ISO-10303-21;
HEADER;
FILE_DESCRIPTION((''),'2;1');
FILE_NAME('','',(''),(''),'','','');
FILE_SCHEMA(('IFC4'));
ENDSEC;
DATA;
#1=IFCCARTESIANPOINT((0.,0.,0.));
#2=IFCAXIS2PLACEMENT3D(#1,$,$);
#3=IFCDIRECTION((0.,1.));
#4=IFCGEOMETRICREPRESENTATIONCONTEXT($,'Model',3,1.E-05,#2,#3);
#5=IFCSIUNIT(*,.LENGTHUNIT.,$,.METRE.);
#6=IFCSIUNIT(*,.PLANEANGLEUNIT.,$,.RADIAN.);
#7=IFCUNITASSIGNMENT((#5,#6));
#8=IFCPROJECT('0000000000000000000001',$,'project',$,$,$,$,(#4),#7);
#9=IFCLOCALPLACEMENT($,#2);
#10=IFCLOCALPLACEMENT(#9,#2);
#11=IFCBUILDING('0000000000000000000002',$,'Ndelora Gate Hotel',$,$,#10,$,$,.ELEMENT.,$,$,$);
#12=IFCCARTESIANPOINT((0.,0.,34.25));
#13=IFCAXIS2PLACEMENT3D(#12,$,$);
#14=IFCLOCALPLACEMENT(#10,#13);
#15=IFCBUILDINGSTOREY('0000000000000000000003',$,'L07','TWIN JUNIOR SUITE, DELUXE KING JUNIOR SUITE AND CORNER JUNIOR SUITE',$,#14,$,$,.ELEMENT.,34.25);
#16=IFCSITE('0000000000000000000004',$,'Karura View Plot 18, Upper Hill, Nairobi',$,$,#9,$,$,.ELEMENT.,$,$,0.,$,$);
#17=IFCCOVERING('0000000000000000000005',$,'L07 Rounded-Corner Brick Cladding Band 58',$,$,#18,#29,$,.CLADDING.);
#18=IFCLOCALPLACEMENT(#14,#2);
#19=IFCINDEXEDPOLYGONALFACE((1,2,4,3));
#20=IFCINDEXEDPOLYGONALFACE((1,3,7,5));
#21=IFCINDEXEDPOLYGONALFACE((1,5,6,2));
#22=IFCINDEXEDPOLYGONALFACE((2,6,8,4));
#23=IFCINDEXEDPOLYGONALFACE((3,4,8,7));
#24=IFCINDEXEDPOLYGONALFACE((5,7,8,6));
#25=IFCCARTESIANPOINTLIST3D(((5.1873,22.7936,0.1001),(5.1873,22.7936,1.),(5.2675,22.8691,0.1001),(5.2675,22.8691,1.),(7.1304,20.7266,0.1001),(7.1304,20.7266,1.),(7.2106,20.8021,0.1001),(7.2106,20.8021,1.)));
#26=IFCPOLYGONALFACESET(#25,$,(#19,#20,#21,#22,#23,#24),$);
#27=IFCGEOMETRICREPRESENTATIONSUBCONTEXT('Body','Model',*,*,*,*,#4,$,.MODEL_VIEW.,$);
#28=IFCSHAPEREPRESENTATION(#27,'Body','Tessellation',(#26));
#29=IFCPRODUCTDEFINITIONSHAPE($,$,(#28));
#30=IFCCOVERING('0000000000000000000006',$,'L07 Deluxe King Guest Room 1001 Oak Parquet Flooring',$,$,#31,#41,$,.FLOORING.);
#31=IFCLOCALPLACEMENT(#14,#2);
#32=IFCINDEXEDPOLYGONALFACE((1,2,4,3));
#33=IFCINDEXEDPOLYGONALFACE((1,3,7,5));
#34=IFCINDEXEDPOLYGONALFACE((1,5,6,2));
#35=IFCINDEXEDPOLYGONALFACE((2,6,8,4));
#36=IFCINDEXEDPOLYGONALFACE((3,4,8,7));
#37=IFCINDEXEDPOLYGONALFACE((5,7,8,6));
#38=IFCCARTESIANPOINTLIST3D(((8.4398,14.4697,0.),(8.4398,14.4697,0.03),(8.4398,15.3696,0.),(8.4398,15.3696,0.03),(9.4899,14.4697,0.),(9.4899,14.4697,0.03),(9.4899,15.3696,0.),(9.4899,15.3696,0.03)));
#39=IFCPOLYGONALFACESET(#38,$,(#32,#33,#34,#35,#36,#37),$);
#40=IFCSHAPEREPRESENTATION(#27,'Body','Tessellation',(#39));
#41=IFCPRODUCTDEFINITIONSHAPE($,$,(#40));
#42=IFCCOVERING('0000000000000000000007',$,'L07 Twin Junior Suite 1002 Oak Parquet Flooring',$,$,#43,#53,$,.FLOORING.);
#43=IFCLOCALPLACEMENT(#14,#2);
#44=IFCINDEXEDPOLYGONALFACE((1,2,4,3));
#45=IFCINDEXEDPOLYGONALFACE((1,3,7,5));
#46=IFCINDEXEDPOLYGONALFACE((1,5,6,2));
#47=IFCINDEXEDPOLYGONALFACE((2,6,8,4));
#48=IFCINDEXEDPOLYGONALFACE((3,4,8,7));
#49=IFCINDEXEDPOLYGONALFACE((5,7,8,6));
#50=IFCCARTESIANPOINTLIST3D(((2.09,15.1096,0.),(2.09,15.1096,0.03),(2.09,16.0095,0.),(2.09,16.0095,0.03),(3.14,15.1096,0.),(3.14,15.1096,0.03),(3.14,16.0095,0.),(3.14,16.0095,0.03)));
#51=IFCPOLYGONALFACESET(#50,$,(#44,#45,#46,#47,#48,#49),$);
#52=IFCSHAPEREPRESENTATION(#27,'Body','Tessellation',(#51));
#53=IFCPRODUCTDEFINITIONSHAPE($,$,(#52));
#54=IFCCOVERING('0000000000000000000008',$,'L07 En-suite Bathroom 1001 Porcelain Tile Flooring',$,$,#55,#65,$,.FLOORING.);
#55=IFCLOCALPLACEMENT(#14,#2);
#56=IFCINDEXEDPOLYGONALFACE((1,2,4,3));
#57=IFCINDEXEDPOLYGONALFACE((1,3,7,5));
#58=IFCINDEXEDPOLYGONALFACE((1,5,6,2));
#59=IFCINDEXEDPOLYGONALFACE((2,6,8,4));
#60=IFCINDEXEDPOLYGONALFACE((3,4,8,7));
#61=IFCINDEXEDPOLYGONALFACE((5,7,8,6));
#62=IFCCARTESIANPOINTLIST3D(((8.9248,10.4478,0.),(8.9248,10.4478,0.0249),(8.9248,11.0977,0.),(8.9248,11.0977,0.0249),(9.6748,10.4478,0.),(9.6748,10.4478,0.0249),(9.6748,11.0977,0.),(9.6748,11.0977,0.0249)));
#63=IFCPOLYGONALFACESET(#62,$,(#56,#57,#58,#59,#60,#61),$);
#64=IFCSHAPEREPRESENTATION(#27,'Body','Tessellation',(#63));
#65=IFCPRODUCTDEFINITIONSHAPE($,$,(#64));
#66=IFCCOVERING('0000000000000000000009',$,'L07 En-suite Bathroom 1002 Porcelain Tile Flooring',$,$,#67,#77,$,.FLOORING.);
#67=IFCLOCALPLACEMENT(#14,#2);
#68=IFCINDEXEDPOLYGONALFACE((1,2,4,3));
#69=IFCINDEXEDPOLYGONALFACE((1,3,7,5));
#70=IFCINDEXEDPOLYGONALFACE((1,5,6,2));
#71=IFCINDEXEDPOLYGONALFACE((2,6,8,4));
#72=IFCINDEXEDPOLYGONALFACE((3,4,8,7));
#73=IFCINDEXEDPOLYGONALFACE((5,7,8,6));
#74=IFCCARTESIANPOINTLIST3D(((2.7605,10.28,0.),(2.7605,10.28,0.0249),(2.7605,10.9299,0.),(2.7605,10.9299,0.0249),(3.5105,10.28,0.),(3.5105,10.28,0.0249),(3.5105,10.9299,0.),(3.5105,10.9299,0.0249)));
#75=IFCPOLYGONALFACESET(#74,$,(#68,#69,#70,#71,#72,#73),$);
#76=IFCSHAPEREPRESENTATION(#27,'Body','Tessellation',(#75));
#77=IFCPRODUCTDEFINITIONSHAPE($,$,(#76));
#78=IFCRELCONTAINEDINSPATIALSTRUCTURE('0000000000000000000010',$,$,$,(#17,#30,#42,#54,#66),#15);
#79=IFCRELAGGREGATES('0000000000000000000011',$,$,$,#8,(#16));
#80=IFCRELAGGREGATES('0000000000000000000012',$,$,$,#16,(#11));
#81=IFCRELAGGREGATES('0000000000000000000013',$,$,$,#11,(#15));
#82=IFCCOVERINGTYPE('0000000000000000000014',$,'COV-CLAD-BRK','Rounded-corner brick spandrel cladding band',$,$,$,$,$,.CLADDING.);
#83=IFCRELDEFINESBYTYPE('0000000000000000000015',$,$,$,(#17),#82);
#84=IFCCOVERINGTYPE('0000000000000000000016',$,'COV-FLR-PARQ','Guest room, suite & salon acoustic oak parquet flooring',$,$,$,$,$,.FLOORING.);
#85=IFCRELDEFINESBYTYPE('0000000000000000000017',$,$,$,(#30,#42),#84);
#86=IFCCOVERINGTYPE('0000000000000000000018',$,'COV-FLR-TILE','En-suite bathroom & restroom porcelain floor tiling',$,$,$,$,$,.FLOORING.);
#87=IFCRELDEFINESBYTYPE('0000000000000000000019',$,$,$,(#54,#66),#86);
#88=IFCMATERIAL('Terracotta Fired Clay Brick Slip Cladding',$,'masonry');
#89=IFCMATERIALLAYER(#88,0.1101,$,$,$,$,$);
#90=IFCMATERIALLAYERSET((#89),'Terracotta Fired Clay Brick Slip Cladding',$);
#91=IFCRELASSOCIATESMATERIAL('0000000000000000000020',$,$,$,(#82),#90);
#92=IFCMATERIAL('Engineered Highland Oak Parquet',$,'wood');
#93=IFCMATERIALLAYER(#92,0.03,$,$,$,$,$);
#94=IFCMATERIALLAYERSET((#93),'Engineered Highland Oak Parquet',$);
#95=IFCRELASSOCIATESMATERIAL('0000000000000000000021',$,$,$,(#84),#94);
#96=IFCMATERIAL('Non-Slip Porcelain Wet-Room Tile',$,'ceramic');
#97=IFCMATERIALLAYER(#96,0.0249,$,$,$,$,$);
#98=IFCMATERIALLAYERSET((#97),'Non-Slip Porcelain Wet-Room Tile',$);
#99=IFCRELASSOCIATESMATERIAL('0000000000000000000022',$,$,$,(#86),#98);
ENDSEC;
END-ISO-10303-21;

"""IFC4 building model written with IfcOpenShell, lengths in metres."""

from ifc_helpers import new_model, si_unit, direction, frame, origin, origin_2d, place, context, subcontext, project, spatial, rectangle, extrude, material, layer, layer_set, type_object, element, save


model = new_model("IFC4")

# Units and contexts
model_context = context("Model", 3, precision=1e-05, world=origin(), true_north=direction((0.0, 1.0)))
body_context = subcontext(model_context, "Body", "Model", "MODEL_VIEW")
ifc_project = project(units=[si_unit("LENGTHUNIT", "METRE"), si_unit("PLANEANGLEUNIT", "RADIAN")], contexts=[model_context])

# Site, building, storey
site_placement = place(None, origin())
site = spatial("IfcSite", under=ifc_project, at=site_placement, Name="Karura View Plot 18, Upper Hill, Nairobi", CompositionType="ELEMENT", RefElevation=0.0)
building_placement = place(site_placement, origin())
building = spatial("IfcBuilding", under=site, at=building_placement, Name="Ndelora Gate Hotel", CompositionType="ELEMENT")
storey_placement = place(building_placement, frame((0.0, 0.0, 34.25)))
storey = spatial("IfcBuildingStorey", under=building, at=storey_placement, Name="L07", Description="TWIN JUNIOR SUITE, DELUXE KING JUNIOR SUITE AND CORNER JUNIOR SUITE", CompositionType="ELEMENT", Elevation=34.25)

# Coverings
ifc_material_1 = material(Name="Terracotta Fired Clay Brick Slip Cladding", Category="masonry")
ifc_layer_1 = layer(ifc_material_1, 0.1101)
ifc_layer_set_1 = layer_set([ifc_layer_1], Name="Terracotta Fired Clay Brick Slip Cladding")
covering_type_1 = type_object("IfcCoveringType", Name="COV-CLAD-BRK", Description="Rounded-corner brick spandrel cladding band", PredefinedType="CLADDING", material=ifc_layer_set_1)
covering_1_placement = place(storey_placement, frame((6.199, 21.7979, 0.1001), z_axis=(0.0, 0.0, 1.0), x_axis=(-0.684929, 0.72861, 0.0)))
element("IfcCovering", 1, at=covering_1_placement, inside=storey, type_object=covering_type_1, Name="L07 Rounded-Corner Brick Cladding Band 58", PredefinedType="CLADDING", context=body_context, shape_type="SweptSolid", body=[
    extrude(rectangle(XDim=2.8369, YDim=0.1101, at=origin_2d()), origin(), (0.0, 0.0, 1.0), 0.8999),
])
ifc_material_2 = material(Name="Engineered Highland Oak Parquet", Category="wood")
ifc_layer_2 = layer(ifc_material_2, 0.03)
ifc_layer_set_2 = layer_set([ifc_layer_2], Name="Engineered Highland Oak Parquet")
covering_type_2 = type_object("IfcCoveringType", Name="COV-FLR-PARQ", Description="Guest room, suite & salon acoustic oak parquet flooring", PredefinedType="FLOORING", material=ifc_layer_set_2)
for number, where, z_axis, x_axis, name in (
    (2, (8.9648, 14.9197, 0.0), (0.0, 0.0, 1.0), (1.0, 0.0, 0.0), "L07 Deluxe King Guest Room 1001 Oak Parquet Flooring"),
    (3, (2.615, 15.5596, 0.0), (0.0, 0.0, 1.0), (1.0, 0.0, 0.0), "L07 Twin Junior Suite 1002 Oak Parquet Flooring"),
):
    element("IfcCovering", number, at=place(storey_placement, frame(where, z_axis=z_axis, x_axis=x_axis)), inside=storey, type_object=covering_type_2, Name=name, PredefinedType="FLOORING", context=body_context, shape_type="SweptSolid", body=[
        extrude(rectangle(XDim=1.05, YDim=0.8999, at=origin_2d()), origin(), (0.0, 0.0, 1.0), 0.03),
    ])
ifc_material_3 = material(Name="Non-Slip Porcelain Wet-Room Tile", Category="ceramic")
ifc_layer_3 = layer(ifc_material_3, 0.0249)
ifc_layer_set_3 = layer_set([ifc_layer_3], Name="Non-Slip Porcelain Wet-Room Tile")
covering_type_3 = type_object("IfcCoveringType", Name="COV-FLR-TILE", Description="En-suite bathroom & restroom porcelain floor tiling", PredefinedType="FLOORING", material=ifc_layer_set_3)
for number, where, z_axis, x_axis, name in (
    (4, (9.2998, 10.7727, 0.0), (0.0, 0.0, 1.0), (1.0, 0.0, 0.0), "L07 En-suite Bathroom 1001 Porcelain Tile Flooring"),
    (5, (3.1355, 10.605, 0.0), (0.0, 0.0, 1.0), (1.0, 0.0, 0.0), "L07 En-suite Bathroom 1002 Porcelain Tile Flooring"),
):
    element("IfcCovering", number, at=place(storey_placement, frame(where, z_axis=z_axis, x_axis=x_axis)), inside=storey, type_object=covering_type_3, Name=name, PredefinedType="FLOORING", context=body_context, shape_type="SweptSolid", body=[
        extrude(rectangle(XDim=0.75, YDim=0.6499, at=origin_2d()), origin(), (0.0, 0.0, 1.0), 0.0249),
    ])

save(model, "model.ifc")
